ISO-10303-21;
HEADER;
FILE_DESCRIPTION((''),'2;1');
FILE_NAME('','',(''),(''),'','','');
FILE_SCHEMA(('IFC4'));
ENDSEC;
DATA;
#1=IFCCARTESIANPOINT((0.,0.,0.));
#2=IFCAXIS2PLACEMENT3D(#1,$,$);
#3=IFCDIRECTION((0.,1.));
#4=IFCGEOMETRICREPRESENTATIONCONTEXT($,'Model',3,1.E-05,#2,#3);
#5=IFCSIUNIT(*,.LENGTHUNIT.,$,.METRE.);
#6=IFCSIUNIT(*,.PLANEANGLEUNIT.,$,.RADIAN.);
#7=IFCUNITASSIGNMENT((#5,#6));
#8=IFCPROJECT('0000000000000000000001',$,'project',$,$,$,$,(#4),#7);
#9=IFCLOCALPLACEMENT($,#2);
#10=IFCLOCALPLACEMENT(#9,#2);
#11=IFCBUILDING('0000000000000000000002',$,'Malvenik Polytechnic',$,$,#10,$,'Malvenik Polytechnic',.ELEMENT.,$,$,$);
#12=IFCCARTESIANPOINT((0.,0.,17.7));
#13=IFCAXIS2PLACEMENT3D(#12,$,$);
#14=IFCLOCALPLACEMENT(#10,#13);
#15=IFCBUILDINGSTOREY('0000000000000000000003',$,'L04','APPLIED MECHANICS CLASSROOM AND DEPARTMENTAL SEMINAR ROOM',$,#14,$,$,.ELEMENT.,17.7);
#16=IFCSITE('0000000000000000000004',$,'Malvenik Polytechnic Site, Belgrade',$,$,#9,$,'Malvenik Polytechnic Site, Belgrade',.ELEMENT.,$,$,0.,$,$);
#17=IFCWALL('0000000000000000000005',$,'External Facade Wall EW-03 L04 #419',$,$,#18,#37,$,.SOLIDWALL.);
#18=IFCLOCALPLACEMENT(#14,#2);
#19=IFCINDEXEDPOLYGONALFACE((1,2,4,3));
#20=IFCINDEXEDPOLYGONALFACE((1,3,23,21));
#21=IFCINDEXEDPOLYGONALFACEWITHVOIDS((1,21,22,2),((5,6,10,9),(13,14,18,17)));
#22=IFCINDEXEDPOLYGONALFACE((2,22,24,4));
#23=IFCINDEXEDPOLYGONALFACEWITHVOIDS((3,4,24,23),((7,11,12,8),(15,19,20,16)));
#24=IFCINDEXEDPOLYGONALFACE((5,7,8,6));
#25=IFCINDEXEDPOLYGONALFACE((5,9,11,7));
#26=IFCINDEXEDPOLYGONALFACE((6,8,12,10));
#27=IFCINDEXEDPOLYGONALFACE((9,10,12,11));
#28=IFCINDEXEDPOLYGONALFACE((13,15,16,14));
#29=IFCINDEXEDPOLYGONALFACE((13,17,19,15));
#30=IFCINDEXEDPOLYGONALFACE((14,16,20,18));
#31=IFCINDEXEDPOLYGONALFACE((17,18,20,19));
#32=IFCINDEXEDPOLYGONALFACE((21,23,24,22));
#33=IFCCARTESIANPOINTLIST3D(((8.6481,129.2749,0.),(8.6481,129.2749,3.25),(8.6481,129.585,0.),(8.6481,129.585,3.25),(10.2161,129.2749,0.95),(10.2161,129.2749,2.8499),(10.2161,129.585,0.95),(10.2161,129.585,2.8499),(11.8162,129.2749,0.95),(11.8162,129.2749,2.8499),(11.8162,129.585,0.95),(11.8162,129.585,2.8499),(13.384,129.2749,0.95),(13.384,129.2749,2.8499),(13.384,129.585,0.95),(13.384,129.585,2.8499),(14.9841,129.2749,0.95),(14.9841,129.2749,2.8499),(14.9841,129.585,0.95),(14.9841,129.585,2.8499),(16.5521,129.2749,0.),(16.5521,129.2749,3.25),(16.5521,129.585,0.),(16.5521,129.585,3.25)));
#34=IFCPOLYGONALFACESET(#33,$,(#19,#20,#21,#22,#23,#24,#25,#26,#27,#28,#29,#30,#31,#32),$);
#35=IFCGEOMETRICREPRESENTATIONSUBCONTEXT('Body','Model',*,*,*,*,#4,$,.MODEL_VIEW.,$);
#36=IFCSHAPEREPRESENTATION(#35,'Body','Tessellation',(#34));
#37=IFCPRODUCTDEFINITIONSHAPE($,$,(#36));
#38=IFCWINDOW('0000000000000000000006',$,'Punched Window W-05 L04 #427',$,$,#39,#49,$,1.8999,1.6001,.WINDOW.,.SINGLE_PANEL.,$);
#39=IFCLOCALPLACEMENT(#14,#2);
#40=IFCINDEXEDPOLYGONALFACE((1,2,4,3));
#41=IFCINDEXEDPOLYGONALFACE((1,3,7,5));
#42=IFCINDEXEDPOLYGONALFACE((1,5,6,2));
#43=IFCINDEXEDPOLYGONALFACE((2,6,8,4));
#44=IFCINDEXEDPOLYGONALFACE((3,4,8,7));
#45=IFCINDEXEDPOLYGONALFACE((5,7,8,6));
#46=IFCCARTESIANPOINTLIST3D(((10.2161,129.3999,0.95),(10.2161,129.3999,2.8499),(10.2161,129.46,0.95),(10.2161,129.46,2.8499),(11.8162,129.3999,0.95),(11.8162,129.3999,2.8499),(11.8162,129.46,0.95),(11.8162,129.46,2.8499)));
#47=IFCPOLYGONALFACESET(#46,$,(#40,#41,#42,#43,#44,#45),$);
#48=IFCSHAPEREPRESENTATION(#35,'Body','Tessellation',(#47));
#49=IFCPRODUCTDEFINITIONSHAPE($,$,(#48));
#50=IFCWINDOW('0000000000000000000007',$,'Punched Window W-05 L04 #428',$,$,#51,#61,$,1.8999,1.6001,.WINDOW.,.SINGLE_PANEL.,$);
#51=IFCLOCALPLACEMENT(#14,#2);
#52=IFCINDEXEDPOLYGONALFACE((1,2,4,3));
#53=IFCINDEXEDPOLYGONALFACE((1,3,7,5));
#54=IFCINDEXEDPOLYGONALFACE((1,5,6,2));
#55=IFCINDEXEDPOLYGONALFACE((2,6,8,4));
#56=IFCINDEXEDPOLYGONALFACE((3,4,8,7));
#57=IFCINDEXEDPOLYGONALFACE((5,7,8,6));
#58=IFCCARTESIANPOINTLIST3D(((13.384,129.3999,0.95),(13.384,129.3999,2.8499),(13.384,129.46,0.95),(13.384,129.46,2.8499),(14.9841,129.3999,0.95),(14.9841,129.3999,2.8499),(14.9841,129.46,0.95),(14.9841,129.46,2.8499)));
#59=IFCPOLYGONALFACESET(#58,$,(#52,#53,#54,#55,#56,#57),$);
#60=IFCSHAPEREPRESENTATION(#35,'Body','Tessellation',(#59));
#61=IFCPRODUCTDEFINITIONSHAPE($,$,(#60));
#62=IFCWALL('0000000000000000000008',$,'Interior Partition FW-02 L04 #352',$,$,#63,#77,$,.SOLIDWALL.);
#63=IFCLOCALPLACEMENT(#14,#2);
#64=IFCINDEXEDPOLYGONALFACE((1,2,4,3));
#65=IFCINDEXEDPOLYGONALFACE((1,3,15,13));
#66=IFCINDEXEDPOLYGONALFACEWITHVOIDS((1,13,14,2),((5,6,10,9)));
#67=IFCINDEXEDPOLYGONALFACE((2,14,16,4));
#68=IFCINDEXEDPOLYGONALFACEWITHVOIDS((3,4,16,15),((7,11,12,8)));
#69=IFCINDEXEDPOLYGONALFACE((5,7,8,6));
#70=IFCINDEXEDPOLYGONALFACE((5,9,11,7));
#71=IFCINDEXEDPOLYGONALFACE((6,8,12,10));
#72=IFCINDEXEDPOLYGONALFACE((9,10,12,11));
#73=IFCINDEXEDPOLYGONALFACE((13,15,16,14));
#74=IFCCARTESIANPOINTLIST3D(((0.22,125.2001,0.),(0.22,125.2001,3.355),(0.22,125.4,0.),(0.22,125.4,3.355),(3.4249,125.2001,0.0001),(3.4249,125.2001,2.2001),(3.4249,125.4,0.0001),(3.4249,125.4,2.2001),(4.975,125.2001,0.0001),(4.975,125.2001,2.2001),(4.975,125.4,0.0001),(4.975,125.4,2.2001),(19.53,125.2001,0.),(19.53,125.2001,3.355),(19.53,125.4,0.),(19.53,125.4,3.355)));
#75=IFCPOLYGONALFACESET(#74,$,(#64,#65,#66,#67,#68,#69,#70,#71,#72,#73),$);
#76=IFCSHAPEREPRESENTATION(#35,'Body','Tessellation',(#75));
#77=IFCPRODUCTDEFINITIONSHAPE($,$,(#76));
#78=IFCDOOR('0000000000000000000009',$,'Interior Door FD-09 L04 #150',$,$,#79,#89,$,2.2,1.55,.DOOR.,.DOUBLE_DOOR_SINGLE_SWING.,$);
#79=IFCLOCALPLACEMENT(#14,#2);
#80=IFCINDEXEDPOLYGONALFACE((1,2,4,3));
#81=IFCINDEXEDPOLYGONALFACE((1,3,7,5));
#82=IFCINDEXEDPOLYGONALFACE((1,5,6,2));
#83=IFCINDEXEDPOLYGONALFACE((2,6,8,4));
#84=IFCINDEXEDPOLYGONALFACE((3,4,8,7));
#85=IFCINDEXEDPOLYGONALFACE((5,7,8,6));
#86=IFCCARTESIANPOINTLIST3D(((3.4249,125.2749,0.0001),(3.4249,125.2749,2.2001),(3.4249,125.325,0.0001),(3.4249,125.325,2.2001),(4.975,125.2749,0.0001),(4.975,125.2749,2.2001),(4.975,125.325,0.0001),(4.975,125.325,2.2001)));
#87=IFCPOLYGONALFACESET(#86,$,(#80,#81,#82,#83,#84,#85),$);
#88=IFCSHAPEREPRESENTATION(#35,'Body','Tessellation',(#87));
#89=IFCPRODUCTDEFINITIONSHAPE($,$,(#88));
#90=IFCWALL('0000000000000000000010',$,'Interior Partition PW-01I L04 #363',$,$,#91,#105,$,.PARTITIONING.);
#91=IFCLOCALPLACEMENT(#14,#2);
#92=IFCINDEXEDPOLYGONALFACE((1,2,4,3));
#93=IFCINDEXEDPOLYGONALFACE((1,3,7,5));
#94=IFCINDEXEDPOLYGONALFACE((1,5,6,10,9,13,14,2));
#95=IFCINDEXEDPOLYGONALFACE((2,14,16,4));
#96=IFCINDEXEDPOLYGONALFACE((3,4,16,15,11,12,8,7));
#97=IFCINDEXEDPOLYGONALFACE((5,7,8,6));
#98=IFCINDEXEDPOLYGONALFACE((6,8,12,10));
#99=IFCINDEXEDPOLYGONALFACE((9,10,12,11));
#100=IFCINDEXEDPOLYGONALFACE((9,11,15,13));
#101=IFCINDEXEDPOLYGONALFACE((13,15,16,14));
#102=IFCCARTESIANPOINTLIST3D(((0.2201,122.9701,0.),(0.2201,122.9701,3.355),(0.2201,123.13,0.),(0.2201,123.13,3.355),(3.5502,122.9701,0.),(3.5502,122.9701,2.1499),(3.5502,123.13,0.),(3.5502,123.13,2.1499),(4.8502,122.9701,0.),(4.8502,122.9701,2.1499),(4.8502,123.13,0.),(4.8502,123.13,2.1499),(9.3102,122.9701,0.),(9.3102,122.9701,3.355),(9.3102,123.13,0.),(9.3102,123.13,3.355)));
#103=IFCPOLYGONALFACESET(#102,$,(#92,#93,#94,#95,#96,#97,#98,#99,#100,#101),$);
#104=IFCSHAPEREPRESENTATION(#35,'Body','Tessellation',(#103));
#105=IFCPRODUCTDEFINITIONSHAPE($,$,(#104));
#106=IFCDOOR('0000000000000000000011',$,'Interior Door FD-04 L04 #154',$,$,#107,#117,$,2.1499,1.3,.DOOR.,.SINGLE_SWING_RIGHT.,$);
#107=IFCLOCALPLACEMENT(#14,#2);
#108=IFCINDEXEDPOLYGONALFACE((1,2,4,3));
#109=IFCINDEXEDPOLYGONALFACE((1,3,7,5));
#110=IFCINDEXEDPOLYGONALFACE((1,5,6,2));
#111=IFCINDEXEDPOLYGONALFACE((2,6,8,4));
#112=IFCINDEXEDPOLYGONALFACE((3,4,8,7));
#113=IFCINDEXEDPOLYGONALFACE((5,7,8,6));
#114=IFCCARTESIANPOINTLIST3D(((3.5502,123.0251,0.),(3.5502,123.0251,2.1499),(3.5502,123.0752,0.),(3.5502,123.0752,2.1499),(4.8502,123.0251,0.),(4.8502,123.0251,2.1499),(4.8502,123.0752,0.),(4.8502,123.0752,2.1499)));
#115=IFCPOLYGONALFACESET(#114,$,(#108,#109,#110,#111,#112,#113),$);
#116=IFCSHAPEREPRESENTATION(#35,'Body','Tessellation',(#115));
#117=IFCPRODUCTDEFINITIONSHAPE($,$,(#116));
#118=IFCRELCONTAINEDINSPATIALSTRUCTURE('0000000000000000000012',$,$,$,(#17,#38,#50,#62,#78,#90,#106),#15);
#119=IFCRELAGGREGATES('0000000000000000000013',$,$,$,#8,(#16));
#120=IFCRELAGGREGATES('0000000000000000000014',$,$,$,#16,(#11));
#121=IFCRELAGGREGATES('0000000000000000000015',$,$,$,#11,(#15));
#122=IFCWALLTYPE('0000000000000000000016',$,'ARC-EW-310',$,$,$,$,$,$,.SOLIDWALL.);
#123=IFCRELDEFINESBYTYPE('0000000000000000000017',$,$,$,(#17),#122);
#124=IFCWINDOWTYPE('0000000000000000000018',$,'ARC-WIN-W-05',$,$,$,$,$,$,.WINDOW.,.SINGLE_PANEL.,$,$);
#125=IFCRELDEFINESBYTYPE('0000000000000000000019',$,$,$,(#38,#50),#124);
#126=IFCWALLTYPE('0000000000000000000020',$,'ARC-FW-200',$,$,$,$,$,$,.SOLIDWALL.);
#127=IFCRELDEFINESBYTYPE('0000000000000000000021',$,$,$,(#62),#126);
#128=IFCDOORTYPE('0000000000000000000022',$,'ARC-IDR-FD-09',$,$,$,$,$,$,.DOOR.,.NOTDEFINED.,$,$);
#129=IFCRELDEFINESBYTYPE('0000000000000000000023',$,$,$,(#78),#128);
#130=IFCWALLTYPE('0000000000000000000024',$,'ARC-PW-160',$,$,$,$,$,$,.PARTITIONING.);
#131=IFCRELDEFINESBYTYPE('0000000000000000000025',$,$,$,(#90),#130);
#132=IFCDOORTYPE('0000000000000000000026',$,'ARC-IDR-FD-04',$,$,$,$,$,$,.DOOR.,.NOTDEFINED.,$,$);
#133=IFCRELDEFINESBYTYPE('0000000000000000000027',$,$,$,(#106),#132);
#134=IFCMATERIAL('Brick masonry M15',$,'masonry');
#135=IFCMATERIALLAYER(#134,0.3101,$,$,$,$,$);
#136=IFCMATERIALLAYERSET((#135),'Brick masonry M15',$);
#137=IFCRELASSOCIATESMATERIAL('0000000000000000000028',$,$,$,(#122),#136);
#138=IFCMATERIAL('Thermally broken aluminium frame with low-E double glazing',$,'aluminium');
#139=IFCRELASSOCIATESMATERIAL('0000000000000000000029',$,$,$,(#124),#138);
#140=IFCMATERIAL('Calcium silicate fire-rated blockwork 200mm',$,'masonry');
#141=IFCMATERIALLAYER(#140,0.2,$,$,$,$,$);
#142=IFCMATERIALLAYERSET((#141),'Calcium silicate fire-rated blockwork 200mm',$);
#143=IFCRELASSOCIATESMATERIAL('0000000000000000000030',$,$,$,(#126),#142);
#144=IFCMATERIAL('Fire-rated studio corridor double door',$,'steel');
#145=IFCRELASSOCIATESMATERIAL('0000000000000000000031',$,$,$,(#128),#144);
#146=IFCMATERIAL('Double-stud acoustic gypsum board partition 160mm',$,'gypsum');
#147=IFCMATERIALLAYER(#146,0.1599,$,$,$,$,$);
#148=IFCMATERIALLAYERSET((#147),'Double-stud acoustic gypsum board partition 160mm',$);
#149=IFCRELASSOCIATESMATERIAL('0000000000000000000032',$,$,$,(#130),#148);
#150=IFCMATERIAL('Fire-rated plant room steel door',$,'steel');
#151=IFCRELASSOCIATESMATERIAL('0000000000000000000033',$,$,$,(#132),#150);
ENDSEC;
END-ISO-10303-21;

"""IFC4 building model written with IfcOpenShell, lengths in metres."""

from ifc_helpers import new_model, si_unit, direction, frame, frame_2d, origin, place, context, subcontext, project, spatial, rectangle, extrude, material, layer, layer_set, type_object, element, fill, save


model = new_model("IFC4")

# Units and contexts
model_context = context("Model", 3, precision=1e-05, world=origin(), true_north=direction((0.0, 1.0)))
body_context = subcontext(model_context, "Body", "Model", "MODEL_VIEW")
ifc_project = project(units=[si_unit("LENGTHUNIT", "METRE"), si_unit("PLANEANGLEUNIT", "RADIAN")], contexts=[model_context])

# Site, building, storey
site_placement = place(None, origin())
site = spatial("IfcSite", under=ifc_project, at=site_placement, Name="Malvenik Polytechnic Site, Belgrade", LongName="Malvenik Polytechnic Site, Belgrade", CompositionType="ELEMENT", RefElevation=0.0)
building_placement = place(site_placement, origin())
building = spatial("IfcBuilding", under=site, at=building_placement, Name="Malvenik Polytechnic", LongName="Malvenik Polytechnic", CompositionType="ELEMENT")
storey_placement = place(building_placement, frame((0.0, 0.0, 17.7)))
storey = spatial("IfcBuildingStorey", under=building, at=storey_placement, Name="L04", Description="APPLIED MECHANICS CLASSROOM AND DEPARTMENTAL SEMINAR ROOM", CompositionType="ELEMENT", Elevation=17.7)

# Shared definitions
ifc_material_1 = material(Name="Brick masonry M15", Category="masonry")
ifc_layer_1 = layer(ifc_material_1, 0.3101)
ifc_layer_set_1 = layer_set([ifc_layer_1], Name="Brick masonry M15")
wall_type_1 = type_object("IfcWallType", Name="ARC-EW-310", PredefinedType="SOLIDWALL", material=ifc_layer_set_1)

# Wall, openings, windows
ifc_material_2 = material(Name="Thermally broken aluminium frame with low-E double glazing", Category="aluminium")
wall_1_placement = place(storey_placement, frame((8.6479, 129.4299, 0.0), z_axis=(0.0, 0.0, 1.0), x_axis=(1.0, 0.0, 0.0)))
wall_1 = element("IfcWall", 1, at=wall_1_placement, inside=storey, type_object=wall_type_1, Name="External Facade Wall EW-03 L04 #419", PredefinedType="SOLIDWALL", context=body_context, shape_type="SweptSolid", body=[
    extrude(rectangle(XDim=7.9041, YDim=0.3101, at=frame_2d((3.9521, 0.0))), origin(), (0.0, 0.0, 1.0), 3.25),
])
opening_1_placement = place(wall_1_placement, frame((1.5681, 0.0, 0.95)))
opening_1 = element("IfcOpeningElement", 2, at=opening_1_placement, cuts=wall_1, PredefinedType="OPENING", context=body_context, shape_type="SweptSolid", body=[
    extrude(rectangle(XDim=1.6001, YDim=1.8999, at=frame_2d((0.8, 0.95))), frame((0.0, 0.165, 0.0), z_axis=(0.0, -1.0, 0.0), x_axis=(1.0, 0.0, 0.0)), (0.0, 0.0, 1.0), 0.3301),
])
opening_2_placement = place(wall_1_placement, frame((4.7361, 0.0, 0.95)))
opening_2 = element("IfcOpeningElement", 3, at=opening_2_placement, cuts=wall_1, PredefinedType="OPENING", context=body_context, shape_type="SweptSolid", body=[
    extrude(rectangle(XDim=1.6001, YDim=1.8999, at=frame_2d((0.8, 0.95))), frame((0.0, 0.165, 0.0), z_axis=(0.0, -1.0, 0.0), x_axis=(1.0, 0.0, 0.0)), (0.0, 0.0, 1.0), 0.3301),
])
window_type_1 = type_object("IfcWindowType", Name="ARC-WIN-W-05", PartitioningType="SINGLE_PANEL", PredefinedType="WINDOW", material=ifc_material_2)
window_1_placement = place(opening_1_placement, origin())
window_1 = element("IfcWindow", 4, at=window_1_placement, inside=storey, type_object=window_type_1, Name="Punched Window W-05 L04 #427", OverallHeight=1.8999, OverallWidth=1.6001, PartitioningType="SINGLE_PANEL", PredefinedType="WINDOW", context=body_context, shape_type="SweptSolid", body=[
    extrude(rectangle(XDim=1.6001, YDim=1.8999, at=frame_2d((0.8, 0.95))), frame((0.0, 0.03, 0.0), z_axis=(0.0, -1.0, 0.0), x_axis=(1.0, 0.0, 0.0)), (0.0, 0.0, 1.0), 0.0601),
])
fill(opening_1, window_1)
window_2_placement = place(opening_2_placement, origin())
window_2 = element("IfcWindow", 5, at=window_2_placement, inside=storey, type_object=window_type_1, Name="Punched Window W-05 L04 #428", OverallHeight=1.8999, OverallWidth=1.6001, PartitioningType="SINGLE_PANEL", PredefinedType="WINDOW", context=body_context, shape_type="SweptSolid", body=[
    extrude(rectangle(XDim=1.6001, YDim=1.8999, at=frame_2d((0.8, 0.95))), frame((0.0, 0.03, 0.0), z_axis=(0.0, -1.0, 0.0), x_axis=(1.0, 0.0, 0.0)), (0.0, 0.0, 1.0), 0.0601),
])
fill(opening_2, window_2)

# Walls, openings, doors
ifc_material_3 = material(Name="Calcium silicate fire-rated blockwork 200mm", Category="masonry")
ifc_layer_2 = layer(ifc_material_3, 0.2)
ifc_layer_set_2 = layer_set([ifc_layer_2], Name="Calcium silicate fire-rated blockwork 200mm")
wall_type_2 = type_object("IfcWallType", Name="ARC-FW-200", PredefinedType="SOLIDWALL", material=ifc_layer_set_2)
wall_2_placement = place(storey_placement, frame((0.22, 125.3, 0.0), z_axis=(0.0, 0.0, 1.0), x_axis=(1.0, 0.0, 0.0)))
wall_2 = element("IfcWall", 6, at=wall_2_placement, inside=storey, type_object=wall_type_2, Name="Interior Partition FW-02 L04 #352", PredefinedType="SOLIDWALL", context=body_context, shape_type="SweptSolid", body=[
    extrude(rectangle(XDim=19.3101, YDim=0.2, at=frame_2d((9.655, 0.0))), origin(), (0.0, 0.0, 1.0), 3.355),
])
opening_3_placement = place(wall_2_placement, frame((3.2051, 0.0, 0.0)))
opening_3 = element("IfcOpeningElement", 7, at=opening_3_placement, cuts=wall_2, PredefinedType="OPENING", context=body_context, shape_type="SweptSolid", body=[
    extrude(rectangle(XDim=1.55, YDim=2.2, at=frame_2d((0.7749, 1.1001))), frame((0.0, 0.1099, 0.0), z_axis=(0.0, -1.0, 0.0), x_axis=(1.0, 0.0, 0.0)), (0.0, 0.0, 1.0), 0.22),
])
ifc_material_4 = material(Name="Fire-rated studio corridor double door", Category="steel")
door_type_1 = type_object("IfcDoorType", Name="ARC-IDR-FD-09", OperationType="NOTDEFINED", PredefinedType="DOOR", material=ifc_material_4)
door_1_placement = place(opening_3_placement, origin())
door_1 = element("IfcDoor", 8, at=door_1_placement, inside=storey, type_object=door_type_1, Name="Interior Door FD-09 L04 #150", OperationType="DOUBLE_DOOR_SINGLE_SWING", OverallHeight=2.2, OverallWidth=1.55, PredefinedType="DOOR", context=body_context, shape_type="SweptSolid", body=[
    extrude(rectangle(XDim=1.55, YDim=2.2, at=frame_2d((0.7749, 1.1001))), frame((0.0, 0.0249, 0.0), z_axis=(0.0, -1.0, 0.0), x_axis=(1.0, 0.0, 0.0)), (0.0, 0.0, 1.0), 0.05),
])
fill(opening_3, door_1)
ifc_material_5 = material(Name="Double-stud acoustic gypsum board partition 160mm", Category="gypsum")
ifc_layer_3 = layer(ifc_material_5, 0.1599)
ifc_layer_set_3 = layer_set([ifc_layer_3], Name="Double-stud acoustic gypsum board partition 160mm")
wall_type_3 = type_object("IfcWallType", Name="ARC-PW-160", PredefinedType="PARTITIONING", material=ifc_layer_set_3)
wall_3_placement = place(storey_placement, frame((9.3101, 123.05, 0.0), z_axis=(0.0, 0.0, 1.0), x_axis=(-1.0, 0.0, 0.0)))
wall_3 = element("IfcWall", 9, at=wall_3_placement, inside=storey, type_object=wall_type_3, Name="Interior Partition PW-01I L04 #363", PredefinedType="PARTITIONING", context=body_context, shape_type="SweptSolid", body=[
    extrude(rectangle(XDim=9.0901, YDim=0.1599, at=frame_2d((4.5449, 0.0))), origin(), (0.0, 0.0, 1.0), 3.355),
])
opening_4_placement = place(wall_3_placement, frame((4.46, 0.0, 0.0)))
opening_4 = element("IfcOpeningElement", 10, at=opening_4_placement, cuts=wall_3, PredefinedType="OPENING", context=body_context, shape_type="SweptSolid", body=[
    extrude(rectangle(XDim=1.3, YDim=2.1499, at=frame_2d((0.6499, 1.075))), frame((0.0, 0.0898, 0.0), z_axis=(0.0, -1.0, 0.0), x_axis=(1.0, 0.0, 0.0)), (0.0, 0.0, 1.0), 0.1799),
])
ifc_material_6 = material(Name="Fire-rated plant room steel door", Category="steel")
door_type_2 = type_object("IfcDoorType", Name="ARC-IDR-FD-04", OperationType="NOTDEFINED", PredefinedType="DOOR", material=ifc_material_6)
door_2_placement = place(opening_4_placement, origin())
door_2 = element("IfcDoor", 11, at=door_2_placement, inside=storey, type_object=door_type_2, Name="Interior Door FD-04 L04 #154", OperationType="SINGLE_SWING_RIGHT", OverallHeight=2.1499, OverallWidth=1.3, PredefinedType="DOOR", context=body_context, shape_type="SweptSolid", body=[
    extrude(rectangle(XDim=1.3, YDim=2.1499, at=frame_2d((0.6499, 1.075))), frame((0.0, 0.0249, 0.0), z_axis=(0.0, -1.0, 0.0), x_axis=(1.0, 0.0, 0.0)), (0.0, 0.0, 1.0), 0.05),
])
fill(opening_4, door_2)

save(model, "model.ifc")
